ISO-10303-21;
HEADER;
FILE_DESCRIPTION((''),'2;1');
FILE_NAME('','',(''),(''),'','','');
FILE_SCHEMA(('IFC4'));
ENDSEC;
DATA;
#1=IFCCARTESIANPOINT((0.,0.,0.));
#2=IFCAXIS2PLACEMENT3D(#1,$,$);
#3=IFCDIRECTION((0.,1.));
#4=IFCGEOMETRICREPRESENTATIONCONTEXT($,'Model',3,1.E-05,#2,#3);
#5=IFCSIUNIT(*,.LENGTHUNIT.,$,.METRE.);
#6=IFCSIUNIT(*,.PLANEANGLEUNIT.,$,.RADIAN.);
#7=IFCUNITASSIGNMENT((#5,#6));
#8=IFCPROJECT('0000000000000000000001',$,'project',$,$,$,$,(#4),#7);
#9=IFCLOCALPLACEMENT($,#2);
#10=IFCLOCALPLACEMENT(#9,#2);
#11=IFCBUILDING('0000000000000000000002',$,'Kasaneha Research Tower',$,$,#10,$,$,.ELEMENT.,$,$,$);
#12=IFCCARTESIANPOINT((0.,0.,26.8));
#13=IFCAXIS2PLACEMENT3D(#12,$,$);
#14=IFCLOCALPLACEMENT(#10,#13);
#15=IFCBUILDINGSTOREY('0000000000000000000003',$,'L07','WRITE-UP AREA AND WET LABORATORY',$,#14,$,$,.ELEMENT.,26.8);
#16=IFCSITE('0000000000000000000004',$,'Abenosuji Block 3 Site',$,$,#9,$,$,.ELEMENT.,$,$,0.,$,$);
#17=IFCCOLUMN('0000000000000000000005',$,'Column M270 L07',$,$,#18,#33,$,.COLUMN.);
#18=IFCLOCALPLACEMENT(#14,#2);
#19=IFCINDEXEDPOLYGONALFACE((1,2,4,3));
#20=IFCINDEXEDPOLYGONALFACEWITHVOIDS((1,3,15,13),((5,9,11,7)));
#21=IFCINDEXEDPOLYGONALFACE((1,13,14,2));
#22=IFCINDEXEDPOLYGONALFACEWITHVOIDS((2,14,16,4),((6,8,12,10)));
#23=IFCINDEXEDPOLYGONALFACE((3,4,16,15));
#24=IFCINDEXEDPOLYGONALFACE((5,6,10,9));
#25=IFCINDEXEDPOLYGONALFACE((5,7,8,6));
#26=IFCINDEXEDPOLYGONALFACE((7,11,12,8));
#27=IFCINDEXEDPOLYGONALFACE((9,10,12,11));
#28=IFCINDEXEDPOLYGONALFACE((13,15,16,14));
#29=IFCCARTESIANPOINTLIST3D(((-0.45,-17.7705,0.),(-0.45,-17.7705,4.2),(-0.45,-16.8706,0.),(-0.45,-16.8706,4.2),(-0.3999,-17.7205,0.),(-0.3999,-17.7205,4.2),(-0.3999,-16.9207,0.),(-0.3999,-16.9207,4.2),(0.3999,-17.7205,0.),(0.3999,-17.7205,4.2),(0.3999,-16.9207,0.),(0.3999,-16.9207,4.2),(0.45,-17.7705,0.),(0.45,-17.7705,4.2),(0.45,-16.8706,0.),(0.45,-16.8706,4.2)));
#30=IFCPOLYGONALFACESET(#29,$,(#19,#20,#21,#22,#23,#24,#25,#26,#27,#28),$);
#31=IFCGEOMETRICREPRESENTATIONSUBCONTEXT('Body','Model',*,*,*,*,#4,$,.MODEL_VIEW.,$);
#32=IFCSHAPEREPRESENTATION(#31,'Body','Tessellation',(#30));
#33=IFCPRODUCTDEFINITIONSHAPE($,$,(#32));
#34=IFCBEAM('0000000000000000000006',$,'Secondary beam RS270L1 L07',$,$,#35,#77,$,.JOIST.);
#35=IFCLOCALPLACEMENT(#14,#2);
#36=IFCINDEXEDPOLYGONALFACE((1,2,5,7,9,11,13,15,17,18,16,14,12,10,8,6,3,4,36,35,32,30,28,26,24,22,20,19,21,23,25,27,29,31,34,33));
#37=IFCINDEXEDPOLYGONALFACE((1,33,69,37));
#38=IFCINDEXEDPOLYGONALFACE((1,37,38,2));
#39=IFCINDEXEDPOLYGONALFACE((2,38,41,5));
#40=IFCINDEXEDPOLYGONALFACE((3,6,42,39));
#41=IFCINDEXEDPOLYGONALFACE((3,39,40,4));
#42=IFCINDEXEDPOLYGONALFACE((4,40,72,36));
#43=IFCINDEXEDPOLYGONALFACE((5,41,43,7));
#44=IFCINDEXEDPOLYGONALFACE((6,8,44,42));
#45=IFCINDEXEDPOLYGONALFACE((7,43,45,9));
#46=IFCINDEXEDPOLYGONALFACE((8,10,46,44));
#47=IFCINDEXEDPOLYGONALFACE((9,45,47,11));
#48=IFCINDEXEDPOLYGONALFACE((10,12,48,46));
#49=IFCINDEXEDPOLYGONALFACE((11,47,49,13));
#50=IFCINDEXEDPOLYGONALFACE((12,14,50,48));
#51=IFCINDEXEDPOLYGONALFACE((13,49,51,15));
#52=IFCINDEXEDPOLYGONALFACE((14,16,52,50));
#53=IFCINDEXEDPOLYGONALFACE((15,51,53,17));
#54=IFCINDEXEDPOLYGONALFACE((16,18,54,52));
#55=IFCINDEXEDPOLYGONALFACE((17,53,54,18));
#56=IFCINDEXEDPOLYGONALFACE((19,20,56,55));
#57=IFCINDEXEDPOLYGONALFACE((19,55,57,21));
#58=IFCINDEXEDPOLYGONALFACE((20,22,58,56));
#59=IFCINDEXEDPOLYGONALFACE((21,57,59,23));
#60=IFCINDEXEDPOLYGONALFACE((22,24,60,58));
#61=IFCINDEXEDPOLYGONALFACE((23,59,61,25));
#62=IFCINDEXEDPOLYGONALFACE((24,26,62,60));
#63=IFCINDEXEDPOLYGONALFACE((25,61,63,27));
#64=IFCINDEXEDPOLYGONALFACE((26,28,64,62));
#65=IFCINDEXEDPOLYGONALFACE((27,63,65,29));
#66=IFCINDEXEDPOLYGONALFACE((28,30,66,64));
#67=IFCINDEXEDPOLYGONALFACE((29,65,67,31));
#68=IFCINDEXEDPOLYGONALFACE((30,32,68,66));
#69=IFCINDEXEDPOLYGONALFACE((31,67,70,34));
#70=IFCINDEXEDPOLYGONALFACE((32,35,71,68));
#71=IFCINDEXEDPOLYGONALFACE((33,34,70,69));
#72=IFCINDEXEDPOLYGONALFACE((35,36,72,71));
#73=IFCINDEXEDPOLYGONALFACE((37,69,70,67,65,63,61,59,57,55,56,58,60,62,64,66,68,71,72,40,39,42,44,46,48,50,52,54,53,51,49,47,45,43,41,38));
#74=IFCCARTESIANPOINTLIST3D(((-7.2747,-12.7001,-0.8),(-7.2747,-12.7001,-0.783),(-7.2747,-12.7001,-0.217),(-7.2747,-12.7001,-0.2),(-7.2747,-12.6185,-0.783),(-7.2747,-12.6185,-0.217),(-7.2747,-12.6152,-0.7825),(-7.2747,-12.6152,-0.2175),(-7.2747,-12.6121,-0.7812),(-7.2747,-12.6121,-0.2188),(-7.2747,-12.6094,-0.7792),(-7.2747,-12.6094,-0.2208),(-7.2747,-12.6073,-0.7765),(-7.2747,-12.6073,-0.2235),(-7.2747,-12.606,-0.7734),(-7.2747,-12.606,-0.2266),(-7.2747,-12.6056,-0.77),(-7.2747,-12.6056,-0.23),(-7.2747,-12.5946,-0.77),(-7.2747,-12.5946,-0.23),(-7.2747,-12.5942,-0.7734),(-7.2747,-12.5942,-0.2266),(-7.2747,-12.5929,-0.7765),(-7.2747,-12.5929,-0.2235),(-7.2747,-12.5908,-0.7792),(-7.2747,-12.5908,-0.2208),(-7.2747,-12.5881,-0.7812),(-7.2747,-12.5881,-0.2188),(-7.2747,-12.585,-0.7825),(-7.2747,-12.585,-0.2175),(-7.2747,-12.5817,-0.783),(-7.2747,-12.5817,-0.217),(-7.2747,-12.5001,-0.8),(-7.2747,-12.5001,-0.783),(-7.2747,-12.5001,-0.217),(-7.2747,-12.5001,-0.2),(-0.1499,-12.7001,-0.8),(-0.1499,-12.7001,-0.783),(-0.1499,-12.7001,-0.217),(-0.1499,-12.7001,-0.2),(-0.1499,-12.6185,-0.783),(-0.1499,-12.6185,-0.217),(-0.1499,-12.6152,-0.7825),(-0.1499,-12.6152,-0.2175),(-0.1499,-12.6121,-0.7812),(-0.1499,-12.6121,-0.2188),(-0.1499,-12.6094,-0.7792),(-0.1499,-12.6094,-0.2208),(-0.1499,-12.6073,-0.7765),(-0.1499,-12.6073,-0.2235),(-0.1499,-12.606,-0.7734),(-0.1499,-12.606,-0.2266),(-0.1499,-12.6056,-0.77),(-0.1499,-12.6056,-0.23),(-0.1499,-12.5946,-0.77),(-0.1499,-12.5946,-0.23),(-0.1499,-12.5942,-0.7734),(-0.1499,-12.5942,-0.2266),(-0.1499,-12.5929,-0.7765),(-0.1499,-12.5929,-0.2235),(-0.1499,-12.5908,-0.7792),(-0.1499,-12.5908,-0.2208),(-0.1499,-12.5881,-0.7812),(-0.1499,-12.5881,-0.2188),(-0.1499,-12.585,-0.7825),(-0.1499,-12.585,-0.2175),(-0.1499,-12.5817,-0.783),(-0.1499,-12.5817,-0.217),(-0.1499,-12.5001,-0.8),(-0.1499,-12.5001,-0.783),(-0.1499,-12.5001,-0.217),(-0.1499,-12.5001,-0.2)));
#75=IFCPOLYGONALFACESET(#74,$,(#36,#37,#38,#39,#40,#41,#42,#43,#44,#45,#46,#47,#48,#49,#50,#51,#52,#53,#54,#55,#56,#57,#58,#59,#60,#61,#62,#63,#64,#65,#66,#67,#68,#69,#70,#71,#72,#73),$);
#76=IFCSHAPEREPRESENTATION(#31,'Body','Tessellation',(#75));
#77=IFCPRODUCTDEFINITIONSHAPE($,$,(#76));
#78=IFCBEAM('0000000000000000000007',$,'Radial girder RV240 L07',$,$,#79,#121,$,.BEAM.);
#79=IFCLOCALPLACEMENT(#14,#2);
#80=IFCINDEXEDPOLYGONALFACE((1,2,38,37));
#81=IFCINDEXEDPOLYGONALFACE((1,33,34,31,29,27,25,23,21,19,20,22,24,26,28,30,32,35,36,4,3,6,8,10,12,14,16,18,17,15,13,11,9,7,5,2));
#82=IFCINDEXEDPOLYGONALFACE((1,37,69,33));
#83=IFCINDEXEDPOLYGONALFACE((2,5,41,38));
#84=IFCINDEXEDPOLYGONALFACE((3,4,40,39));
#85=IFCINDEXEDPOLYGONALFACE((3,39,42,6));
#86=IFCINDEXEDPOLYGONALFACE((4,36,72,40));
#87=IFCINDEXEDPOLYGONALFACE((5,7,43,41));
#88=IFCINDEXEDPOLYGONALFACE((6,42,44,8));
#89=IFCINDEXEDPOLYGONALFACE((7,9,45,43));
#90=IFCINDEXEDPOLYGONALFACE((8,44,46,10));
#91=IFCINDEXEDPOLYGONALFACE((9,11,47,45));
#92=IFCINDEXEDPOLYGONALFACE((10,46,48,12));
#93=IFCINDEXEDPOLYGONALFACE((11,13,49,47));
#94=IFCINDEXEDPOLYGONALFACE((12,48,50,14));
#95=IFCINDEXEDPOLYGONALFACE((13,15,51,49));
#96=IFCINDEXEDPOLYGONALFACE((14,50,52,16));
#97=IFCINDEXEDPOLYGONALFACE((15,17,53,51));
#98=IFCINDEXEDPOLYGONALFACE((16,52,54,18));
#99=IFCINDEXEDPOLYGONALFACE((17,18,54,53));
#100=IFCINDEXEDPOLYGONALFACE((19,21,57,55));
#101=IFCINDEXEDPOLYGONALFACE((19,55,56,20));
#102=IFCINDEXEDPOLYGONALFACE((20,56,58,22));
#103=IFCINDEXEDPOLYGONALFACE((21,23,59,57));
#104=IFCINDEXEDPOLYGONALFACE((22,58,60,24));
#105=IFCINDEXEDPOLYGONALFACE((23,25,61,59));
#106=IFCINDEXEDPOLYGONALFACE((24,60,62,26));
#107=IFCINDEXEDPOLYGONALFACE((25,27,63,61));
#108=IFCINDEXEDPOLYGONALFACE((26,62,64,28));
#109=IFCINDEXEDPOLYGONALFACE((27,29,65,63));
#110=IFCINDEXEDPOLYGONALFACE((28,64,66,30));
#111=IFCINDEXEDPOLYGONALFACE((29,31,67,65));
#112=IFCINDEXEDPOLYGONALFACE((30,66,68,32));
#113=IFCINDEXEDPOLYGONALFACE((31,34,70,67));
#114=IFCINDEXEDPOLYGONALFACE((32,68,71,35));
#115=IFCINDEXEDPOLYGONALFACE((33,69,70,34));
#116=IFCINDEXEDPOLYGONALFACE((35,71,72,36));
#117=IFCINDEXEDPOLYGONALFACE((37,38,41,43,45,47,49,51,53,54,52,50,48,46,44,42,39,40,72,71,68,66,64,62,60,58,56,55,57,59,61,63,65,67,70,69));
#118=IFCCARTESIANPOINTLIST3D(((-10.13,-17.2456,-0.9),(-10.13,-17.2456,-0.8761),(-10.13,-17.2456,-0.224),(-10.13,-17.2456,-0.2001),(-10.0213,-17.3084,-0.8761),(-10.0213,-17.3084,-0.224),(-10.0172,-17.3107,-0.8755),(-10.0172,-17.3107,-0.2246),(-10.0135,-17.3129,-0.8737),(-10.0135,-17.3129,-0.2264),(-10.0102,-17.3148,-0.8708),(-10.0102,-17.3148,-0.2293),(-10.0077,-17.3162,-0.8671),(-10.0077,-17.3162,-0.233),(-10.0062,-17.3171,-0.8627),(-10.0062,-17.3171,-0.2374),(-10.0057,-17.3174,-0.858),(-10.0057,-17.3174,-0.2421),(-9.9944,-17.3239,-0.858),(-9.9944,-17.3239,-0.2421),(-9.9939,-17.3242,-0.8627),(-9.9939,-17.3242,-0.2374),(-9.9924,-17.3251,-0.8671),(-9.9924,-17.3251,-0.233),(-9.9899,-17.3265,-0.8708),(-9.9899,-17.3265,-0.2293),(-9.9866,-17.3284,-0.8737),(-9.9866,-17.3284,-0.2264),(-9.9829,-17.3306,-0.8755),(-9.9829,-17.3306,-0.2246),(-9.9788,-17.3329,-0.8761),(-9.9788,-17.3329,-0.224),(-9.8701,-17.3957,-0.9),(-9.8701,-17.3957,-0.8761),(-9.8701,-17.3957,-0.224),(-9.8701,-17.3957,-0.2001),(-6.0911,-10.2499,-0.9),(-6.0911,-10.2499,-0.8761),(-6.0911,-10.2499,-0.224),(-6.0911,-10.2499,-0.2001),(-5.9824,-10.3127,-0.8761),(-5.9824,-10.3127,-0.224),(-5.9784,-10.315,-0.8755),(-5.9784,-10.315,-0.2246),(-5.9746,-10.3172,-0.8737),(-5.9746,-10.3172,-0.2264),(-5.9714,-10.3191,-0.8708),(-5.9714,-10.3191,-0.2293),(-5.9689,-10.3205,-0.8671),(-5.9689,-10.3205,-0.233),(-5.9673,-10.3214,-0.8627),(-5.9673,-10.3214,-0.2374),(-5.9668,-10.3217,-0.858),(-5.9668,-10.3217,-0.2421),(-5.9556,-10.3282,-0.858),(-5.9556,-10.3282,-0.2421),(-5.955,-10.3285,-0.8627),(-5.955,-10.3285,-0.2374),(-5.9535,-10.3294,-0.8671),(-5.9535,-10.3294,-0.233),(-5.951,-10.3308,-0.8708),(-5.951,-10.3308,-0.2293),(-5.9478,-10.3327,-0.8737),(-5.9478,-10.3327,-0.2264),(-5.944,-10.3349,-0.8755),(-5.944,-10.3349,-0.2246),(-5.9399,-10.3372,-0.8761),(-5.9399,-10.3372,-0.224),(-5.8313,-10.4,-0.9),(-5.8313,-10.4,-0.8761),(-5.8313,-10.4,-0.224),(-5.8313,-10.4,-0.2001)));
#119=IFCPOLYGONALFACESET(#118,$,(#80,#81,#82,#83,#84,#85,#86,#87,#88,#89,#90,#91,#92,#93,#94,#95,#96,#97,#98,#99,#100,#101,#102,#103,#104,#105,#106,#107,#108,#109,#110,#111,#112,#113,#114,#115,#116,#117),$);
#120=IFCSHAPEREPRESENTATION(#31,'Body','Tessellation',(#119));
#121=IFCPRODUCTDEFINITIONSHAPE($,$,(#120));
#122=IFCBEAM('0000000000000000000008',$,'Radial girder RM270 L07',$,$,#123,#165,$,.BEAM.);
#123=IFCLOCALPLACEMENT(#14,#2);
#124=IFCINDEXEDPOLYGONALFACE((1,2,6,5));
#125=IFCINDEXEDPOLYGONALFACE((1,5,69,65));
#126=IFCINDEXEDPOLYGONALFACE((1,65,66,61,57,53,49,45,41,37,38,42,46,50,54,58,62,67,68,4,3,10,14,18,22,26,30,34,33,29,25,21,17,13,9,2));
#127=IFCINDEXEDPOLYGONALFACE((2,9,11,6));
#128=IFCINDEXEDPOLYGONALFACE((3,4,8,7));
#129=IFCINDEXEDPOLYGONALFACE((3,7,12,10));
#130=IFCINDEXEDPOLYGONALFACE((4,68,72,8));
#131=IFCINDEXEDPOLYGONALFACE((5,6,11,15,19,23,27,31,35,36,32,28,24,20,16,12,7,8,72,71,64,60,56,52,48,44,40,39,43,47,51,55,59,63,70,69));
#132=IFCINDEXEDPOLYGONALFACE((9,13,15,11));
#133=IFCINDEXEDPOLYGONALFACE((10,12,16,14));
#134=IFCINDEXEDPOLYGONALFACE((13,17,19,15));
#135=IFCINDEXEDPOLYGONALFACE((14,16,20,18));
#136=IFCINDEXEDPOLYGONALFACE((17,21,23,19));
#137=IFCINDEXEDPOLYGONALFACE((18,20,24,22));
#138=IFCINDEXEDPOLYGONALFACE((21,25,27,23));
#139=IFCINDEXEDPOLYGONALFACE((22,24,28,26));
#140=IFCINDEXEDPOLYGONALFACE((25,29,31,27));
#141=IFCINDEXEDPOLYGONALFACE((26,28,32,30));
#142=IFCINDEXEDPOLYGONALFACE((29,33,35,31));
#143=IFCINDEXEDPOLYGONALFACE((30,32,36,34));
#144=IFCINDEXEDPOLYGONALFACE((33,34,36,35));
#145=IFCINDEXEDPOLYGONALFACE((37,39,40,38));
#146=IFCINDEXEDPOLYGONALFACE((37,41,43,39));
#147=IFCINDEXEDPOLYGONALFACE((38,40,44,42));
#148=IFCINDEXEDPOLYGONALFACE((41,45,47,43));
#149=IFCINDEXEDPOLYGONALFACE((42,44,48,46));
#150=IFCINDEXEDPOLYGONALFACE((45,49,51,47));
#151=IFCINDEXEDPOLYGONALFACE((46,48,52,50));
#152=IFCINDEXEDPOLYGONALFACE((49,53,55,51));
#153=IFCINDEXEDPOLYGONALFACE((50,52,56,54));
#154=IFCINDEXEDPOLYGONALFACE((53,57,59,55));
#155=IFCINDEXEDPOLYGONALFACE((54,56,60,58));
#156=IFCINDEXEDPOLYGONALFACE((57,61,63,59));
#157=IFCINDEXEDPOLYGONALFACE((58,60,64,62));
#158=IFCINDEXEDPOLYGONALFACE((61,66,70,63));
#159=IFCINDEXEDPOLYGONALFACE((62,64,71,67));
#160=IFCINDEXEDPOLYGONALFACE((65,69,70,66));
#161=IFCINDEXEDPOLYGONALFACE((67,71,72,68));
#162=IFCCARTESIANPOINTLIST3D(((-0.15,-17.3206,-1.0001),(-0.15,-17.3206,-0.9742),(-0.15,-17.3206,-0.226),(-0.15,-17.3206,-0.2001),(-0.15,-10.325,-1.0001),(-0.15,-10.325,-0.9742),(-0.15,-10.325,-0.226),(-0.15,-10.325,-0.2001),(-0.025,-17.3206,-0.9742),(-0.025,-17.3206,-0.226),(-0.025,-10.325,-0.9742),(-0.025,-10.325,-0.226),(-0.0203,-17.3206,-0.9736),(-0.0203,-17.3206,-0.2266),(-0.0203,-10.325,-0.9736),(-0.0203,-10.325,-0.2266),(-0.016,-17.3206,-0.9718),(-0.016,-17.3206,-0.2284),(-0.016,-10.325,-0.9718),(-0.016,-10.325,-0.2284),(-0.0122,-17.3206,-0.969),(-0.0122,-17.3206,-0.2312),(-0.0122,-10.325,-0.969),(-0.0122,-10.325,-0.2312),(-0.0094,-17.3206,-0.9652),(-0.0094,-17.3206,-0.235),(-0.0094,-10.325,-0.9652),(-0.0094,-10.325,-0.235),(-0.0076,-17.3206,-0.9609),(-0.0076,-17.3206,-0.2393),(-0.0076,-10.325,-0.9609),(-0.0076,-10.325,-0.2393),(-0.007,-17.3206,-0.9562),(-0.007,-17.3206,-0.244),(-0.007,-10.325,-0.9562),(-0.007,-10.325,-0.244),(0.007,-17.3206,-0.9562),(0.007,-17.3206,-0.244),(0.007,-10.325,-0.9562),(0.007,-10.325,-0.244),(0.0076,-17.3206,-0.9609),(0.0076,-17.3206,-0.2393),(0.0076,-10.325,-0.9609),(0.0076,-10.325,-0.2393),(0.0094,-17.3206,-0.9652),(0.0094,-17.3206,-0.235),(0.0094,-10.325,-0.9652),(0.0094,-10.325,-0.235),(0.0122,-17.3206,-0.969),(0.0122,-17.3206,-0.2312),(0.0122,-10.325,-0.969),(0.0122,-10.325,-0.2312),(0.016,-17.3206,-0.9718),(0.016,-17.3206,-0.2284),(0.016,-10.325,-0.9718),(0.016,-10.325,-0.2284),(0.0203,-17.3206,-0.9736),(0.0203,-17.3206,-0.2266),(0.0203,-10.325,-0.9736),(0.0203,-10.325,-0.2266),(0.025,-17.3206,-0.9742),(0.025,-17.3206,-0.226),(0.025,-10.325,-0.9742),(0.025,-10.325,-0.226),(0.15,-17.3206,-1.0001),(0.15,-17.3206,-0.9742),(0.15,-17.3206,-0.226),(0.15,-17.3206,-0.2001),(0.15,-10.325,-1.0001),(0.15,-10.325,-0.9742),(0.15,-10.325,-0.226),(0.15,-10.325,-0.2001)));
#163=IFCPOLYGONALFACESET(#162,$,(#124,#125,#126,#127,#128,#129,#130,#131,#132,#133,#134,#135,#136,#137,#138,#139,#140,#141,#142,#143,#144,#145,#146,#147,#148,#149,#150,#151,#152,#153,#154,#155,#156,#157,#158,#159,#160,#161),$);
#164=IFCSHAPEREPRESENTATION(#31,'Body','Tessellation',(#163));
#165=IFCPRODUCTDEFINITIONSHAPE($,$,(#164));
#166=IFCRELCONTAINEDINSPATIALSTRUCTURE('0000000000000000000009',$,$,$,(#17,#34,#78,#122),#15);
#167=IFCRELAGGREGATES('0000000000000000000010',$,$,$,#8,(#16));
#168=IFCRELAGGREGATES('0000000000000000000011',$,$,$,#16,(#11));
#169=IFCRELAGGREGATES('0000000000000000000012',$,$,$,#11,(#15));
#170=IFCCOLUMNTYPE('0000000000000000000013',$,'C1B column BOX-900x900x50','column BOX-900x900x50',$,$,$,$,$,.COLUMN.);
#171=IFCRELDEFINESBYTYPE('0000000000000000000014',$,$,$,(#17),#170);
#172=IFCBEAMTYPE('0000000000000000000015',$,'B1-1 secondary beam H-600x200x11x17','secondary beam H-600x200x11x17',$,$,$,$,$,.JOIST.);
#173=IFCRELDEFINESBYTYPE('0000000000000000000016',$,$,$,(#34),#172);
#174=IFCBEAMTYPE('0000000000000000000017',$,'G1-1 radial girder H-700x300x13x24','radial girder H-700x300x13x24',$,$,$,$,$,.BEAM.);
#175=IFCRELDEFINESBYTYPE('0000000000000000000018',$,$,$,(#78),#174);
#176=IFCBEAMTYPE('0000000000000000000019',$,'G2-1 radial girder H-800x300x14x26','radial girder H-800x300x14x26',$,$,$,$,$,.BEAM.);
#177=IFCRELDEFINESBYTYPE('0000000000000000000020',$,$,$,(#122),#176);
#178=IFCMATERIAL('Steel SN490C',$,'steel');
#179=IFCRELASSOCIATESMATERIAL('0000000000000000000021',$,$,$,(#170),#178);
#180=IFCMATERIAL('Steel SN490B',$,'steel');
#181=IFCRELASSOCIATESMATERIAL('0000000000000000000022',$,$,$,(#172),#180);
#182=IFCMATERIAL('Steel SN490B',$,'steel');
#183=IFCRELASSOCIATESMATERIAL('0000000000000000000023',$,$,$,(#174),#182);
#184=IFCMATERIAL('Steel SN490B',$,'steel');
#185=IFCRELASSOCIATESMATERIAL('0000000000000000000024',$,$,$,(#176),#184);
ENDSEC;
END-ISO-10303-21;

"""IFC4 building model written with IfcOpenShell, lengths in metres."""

from ifc_helpers import new_model, si_unit, direction, frame, origin, origin_2d, place, context, subcontext, project, spatial, hollow_rectangle, i_section, extrude, material, material_profile, profile_set, type_object, element, save


model = new_model("IFC4")

# Units and contexts
model_context = context("Model", 3, precision=1e-05, world=origin(), true_north=direction((0.0, 1.0)))
body_context = subcontext(model_context, "Body", "Model", "MODEL_VIEW")
ifc_project = project(units=[si_unit("LENGTHUNIT", "METRE"), si_unit("PLANEANGLEUNIT", "RADIAN")], contexts=[model_context])

# Site, building, storey
site_placement = place(None, origin())
site = spatial("IfcSite", under=ifc_project, at=site_placement, Name="Abenosuji Block 3 Site", CompositionType="ELEMENT", RefElevation=0.0)
building_placement = place(site_placement, origin())
building = spatial("IfcBuilding", under=site, at=building_placement, Name="Kasaneha Research Tower", CompositionType="ELEMENT")
storey_placement = place(building_placement, frame((0.0, 0.0, 26.8)))
storey = spatial("IfcBuildingStorey", under=building, at=storey_placement, Name="L07", Description="WRITE-UP AREA AND WET LABORATORY", CompositionType="ELEMENT", Elevation=26.8)

# Column
ifc_material_1 = material(Name="Steel SN490C", Category="steel")
ifc_material_profile_1 = material_profile(ifc_material_1, hollow_rectangle(XDim=0.8999, YDim=0.8999, WallThickness=0.05, at=origin_2d()), Name="BOX-900x900x50")
ifc_profile_set_1 = profile_set([ifc_material_profile_1], Name="Steel SN490C")
column_type = type_object("IfcColumnType", Name="C1B column BOX-900x900x50", Description="column BOX-900x900x50", PredefinedType="COLUMN", material=ifc_profile_set_1)
column_placement = place(storey_placement, frame((0.0, -17.3206, 0.0), z_axis=(0.0, 0.0, 1.0), x_axis=(1.0, 0.0, 0.0)))
element("IfcColumn", 1, at=column_placement, inside=storey, type_object=column_type, Name="Column M270 L07", PredefinedType="COLUMN", context=body_context, shape_type="SweptSolid", body=[
    extrude(hollow_rectangle(XDim=0.8999, YDim=0.8999, WallThickness=0.05, at=origin_2d()), origin(), (0.0, 0.0, 1.0), 4.2),
])

# Beams
ifc_material_2 = material(Name="Steel SN490B", Category="steel")
ifc_material_profile_2 = material_profile(ifc_material_2, i_section(OverallWidth=0.2, OverallDepth=0.6001, WebThickness=0.011, FlangeThickness=0.0171, FilletRadius=0.0129, at=origin_2d()), Name="H-600x200x11x17")
ifc_profile_set_2 = profile_set([ifc_material_profile_2], Name="Steel SN490B")
beam_type_1 = type_object("IfcBeamType", Name="B1-1 secondary beam H-600x200x11x17", Description="secondary beam H-600x200x11x17", PredefinedType="JOIST", material=ifc_profile_set_2)
beam_1_placement = place(storey_placement, frame((-7.2747, -12.6001, -0.5), z_axis=(1.0, 0.0, 0.0), x_axis=(0.0, 1.0, 0.0)))
element("IfcBeam", 2, at=beam_1_placement, inside=storey, type_object=beam_type_1, Name="Secondary beam RS270L1 L07", PredefinedType="JOIST", context=body_context, shape_type="SweptSolid", body=[
    extrude(i_section(OverallWidth=0.2, OverallDepth=0.6001, WebThickness=0.011, FlangeThickness=0.0171, FilletRadius=0.0129, at=origin_2d()), origin(), (0.0, 0.0, 1.0), 7.1248),
])
ifc_material_3 = material(Name="Steel SN490B", Category="steel")
ifc_material_profile_3 = material_profile(ifc_material_3, i_section(OverallWidth=0.3, OverallDepth=0.7, WebThickness=0.0129, FlangeThickness=0.0239, FilletRadius=0.0181, at=origin_2d()), Name="H-700x300x13x24")
ifc_profile_set_3 = profile_set([ifc_material_profile_3], Name="Steel SN490B")
beam_type_2 = type_object("IfcBeamType", Name="G1-1 radial girder H-700x300x13x24", Description="radial girder H-700x300x13x24", PredefinedType="BEAM", material=ifc_profile_set_3)
beam_2_placement = place(storey_placement, frame((-5.9612, -10.325, -0.55), z_axis=(-0.499991, -0.866031, 0.0), x_axis=(0.866031, -0.499991, 0.0)))
element("IfcBeam", 3, at=beam_2_placement, inside=storey, type_object=beam_type_2, Name="Radial girder RV240 L07", PredefinedType="BEAM", context=body_context, shape_type="SweptSolid", body=[
    extrude(i_section(OverallWidth=0.3, OverallDepth=0.7, WebThickness=0.0129, FlangeThickness=0.0239, FilletRadius=0.0181, at=origin_2d()), origin(), (0.0, 0.0, 1.0), 8.0779),
])
ifc_material_4 = material(Name="Steel SN490B", Category="steel")
ifc_material_profile_4 = material_profile(ifc_material_4, i_section(OverallWidth=0.3, OverallDepth=0.8, WebThickness=0.0139, FlangeThickness=0.0259, FilletRadius=0.0181, at=origin_2d()), Name="H-800x300x14x26")
ifc_profile_set_4 = profile_set([ifc_material_profile_4], Name="Steel SN490B")
beam_type_3 = type_object("IfcBeamType", Name="G2-1 radial girder H-800x300x14x26", Description="radial girder H-800x300x14x26", PredefinedType="BEAM", material=ifc_profile_set_4)
beam_3_placement = place(storey_placement, frame((0.0, -10.325, -0.6001), z_axis=(0.0, -1.0, 0.0), x_axis=(1.0, 0.0, 0.0)))
element("IfcBeam", 4, at=beam_3_placement, inside=storey, type_object=beam_type_3, Name="Radial girder RM270 L07", PredefinedType="BEAM", context=body_context, shape_type="SweptSolid", body=[
    extrude(i_section(OverallWidth=0.3, OverallDepth=0.8, WebThickness=0.0139, FlangeThickness=0.0259, FilletRadius=0.0181, at=origin_2d()), origin(), (0.0, 0.0, 1.0), 6.9956),
])

save(model, "model.ifc")
